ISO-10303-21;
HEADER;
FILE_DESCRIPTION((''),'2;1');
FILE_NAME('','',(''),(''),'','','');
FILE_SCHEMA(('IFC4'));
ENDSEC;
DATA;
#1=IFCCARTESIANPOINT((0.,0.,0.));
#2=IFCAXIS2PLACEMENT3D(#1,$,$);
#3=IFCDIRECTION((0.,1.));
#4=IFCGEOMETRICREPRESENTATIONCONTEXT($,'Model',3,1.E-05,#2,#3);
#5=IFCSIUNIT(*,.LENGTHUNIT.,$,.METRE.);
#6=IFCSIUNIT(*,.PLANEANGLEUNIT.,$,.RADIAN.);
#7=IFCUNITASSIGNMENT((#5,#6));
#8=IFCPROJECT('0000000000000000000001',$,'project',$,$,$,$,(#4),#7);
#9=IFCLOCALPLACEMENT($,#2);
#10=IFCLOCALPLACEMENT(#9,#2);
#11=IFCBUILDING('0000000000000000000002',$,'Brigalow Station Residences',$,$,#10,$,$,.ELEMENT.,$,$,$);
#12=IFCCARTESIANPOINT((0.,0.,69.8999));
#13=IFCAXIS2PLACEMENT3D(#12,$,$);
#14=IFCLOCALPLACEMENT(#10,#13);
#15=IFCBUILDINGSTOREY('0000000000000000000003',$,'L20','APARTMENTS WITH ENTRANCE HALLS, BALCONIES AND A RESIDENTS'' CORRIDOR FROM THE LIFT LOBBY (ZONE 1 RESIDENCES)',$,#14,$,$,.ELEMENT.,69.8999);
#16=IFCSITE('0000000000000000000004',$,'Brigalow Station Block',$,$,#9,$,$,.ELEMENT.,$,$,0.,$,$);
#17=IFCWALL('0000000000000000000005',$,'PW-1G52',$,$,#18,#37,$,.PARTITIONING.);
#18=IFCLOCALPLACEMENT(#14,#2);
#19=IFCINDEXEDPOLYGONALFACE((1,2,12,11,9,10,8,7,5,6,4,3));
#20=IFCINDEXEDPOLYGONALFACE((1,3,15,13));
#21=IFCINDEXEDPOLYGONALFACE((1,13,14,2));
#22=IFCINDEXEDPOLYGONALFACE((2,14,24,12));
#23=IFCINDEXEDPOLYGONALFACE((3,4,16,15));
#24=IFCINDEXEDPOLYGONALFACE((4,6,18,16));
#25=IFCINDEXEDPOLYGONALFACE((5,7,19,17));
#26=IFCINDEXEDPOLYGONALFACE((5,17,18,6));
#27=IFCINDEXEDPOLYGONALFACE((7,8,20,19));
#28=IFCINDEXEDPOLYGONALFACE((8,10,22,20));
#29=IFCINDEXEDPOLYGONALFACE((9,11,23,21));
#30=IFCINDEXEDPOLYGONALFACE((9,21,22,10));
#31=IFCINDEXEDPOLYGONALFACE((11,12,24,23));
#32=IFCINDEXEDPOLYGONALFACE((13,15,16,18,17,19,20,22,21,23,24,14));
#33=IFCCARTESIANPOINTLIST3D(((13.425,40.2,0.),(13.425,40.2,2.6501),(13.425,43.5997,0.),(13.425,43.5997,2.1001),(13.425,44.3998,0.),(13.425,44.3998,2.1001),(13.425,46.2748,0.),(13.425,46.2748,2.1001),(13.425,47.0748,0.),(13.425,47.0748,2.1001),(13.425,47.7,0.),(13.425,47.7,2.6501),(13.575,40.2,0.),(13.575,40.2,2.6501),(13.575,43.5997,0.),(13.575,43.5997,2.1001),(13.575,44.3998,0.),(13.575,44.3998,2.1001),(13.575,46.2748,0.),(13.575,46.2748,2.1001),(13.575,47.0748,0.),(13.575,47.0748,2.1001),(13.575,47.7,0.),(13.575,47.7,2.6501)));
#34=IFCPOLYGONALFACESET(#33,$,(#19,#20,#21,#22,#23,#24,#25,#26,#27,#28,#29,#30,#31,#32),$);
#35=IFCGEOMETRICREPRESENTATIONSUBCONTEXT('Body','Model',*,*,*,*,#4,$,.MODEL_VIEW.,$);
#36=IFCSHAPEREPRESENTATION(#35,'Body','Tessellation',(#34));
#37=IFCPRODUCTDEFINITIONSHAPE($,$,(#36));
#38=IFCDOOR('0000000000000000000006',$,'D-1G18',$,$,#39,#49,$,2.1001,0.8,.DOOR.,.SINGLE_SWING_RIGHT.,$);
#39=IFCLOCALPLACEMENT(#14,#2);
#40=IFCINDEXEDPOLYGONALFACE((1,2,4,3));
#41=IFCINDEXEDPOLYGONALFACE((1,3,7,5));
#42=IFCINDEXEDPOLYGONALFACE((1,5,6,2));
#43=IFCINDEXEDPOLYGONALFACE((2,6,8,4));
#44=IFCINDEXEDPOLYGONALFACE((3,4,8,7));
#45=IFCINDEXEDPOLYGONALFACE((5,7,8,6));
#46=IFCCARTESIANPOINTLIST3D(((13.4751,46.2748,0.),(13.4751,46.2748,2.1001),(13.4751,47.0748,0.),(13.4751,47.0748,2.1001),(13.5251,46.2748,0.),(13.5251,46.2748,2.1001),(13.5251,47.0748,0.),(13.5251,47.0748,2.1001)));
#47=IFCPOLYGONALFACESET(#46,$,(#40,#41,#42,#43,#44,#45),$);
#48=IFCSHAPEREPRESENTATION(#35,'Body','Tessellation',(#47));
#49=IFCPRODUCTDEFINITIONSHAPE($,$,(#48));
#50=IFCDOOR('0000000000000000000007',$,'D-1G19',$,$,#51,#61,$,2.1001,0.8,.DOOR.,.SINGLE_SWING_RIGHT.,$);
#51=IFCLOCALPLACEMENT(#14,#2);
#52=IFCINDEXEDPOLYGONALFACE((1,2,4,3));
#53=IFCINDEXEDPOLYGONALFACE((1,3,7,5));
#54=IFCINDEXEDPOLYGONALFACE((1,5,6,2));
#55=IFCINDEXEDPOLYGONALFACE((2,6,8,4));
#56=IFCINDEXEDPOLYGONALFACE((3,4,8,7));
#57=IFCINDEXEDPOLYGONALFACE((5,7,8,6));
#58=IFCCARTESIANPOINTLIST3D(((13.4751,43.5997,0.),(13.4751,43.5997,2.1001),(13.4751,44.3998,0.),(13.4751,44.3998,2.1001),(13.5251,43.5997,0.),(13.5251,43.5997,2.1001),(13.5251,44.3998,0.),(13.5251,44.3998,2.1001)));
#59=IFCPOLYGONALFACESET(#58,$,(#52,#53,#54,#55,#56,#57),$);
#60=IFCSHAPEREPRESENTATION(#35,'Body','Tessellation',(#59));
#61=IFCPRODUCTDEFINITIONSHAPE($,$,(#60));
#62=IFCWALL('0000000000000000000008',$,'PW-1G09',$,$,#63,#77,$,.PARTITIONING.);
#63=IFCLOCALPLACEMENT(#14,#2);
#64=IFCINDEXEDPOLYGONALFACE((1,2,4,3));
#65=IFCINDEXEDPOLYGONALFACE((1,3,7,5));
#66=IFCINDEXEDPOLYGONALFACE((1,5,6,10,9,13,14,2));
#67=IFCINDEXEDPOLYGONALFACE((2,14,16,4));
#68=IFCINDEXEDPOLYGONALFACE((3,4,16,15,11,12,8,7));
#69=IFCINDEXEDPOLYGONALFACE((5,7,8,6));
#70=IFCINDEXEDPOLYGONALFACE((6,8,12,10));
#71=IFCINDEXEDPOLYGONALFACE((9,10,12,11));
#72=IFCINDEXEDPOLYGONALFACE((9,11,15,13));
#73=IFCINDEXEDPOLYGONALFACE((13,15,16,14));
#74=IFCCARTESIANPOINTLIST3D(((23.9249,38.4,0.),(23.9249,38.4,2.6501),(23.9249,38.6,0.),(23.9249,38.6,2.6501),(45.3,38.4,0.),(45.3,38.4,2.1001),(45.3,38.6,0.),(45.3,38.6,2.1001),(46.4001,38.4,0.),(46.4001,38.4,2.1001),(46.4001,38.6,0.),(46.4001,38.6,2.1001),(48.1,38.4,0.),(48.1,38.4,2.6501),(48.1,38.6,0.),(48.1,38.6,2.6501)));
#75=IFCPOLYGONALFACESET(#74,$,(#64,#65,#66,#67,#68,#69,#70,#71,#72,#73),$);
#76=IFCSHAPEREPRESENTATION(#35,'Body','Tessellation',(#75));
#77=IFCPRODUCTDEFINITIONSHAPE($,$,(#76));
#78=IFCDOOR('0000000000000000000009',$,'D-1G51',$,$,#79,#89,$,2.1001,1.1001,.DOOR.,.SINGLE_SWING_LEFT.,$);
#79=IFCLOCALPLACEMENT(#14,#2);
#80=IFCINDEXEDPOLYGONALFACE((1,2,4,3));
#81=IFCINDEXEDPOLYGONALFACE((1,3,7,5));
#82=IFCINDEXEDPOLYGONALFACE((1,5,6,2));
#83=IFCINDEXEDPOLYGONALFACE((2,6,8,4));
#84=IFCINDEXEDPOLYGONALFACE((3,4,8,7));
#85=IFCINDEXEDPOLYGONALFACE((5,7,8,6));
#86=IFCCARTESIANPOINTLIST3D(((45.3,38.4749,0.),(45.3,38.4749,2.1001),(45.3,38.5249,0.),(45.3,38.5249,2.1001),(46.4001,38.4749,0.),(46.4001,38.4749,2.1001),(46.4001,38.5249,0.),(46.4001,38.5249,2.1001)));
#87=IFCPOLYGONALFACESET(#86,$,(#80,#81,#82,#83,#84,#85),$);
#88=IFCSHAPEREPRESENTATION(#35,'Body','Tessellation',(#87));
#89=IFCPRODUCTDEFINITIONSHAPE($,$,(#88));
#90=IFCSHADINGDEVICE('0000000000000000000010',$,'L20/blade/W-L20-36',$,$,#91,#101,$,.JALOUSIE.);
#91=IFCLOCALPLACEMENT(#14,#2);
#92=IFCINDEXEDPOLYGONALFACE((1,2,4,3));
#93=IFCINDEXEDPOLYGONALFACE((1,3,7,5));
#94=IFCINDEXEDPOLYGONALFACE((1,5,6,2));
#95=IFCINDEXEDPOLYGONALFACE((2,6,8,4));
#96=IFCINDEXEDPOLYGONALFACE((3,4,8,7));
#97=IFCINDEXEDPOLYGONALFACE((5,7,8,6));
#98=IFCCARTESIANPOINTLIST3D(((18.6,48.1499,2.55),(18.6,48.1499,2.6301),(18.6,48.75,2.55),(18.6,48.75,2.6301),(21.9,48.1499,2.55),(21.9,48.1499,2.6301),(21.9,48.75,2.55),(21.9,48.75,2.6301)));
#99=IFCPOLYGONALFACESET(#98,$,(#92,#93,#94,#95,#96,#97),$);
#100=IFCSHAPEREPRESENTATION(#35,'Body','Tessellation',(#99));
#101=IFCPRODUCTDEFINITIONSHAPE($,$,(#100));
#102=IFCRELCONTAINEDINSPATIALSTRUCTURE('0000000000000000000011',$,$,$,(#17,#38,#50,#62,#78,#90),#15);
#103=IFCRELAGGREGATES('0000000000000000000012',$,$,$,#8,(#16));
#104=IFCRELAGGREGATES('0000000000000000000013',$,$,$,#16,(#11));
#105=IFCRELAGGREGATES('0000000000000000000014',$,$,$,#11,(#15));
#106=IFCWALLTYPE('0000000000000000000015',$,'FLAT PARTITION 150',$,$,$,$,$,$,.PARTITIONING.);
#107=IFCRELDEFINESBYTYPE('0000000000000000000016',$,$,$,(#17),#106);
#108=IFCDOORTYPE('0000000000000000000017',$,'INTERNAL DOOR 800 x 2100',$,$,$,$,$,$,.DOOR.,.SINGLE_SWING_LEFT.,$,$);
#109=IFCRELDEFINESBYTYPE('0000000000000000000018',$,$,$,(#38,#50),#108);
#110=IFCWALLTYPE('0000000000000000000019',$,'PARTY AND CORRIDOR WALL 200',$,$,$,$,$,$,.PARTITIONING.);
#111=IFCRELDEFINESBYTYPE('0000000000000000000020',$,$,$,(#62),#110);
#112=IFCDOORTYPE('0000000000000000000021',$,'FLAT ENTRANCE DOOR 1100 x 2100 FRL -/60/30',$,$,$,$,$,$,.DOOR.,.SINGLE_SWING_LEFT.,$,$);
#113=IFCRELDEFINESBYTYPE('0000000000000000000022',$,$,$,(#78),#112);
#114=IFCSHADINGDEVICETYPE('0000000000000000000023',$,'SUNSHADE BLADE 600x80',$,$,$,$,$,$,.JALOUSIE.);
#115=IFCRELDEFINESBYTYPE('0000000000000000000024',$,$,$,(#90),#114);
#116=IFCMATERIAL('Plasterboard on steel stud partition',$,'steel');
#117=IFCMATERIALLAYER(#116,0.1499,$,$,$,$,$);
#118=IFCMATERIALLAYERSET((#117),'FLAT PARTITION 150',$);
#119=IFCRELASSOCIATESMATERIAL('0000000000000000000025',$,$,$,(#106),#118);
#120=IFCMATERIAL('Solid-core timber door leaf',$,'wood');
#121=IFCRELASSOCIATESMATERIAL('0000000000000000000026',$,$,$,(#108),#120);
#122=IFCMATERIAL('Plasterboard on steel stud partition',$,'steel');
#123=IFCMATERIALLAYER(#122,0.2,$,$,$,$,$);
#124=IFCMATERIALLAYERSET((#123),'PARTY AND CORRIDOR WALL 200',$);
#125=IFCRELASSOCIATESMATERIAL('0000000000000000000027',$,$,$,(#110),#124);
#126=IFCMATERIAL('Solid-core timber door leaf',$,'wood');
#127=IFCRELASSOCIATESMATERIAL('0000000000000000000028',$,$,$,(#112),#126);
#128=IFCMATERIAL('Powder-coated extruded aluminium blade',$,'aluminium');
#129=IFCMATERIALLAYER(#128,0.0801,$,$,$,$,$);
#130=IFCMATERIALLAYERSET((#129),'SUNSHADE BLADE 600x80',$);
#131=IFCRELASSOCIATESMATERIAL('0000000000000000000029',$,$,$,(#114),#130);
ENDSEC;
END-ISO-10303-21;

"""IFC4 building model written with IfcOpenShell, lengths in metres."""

from ifc_helpers import new_model, si_unit, direction, frame, frame_2d, origin, origin_2d, place, context, subcontext, project, spatial, rectangle, extrude, material, layer, layer_set, type_object, element, fill, save


model = new_model("IFC4")

# Units and contexts
model_context = context("Model", 3, precision=1e-05, world=origin(), true_north=direction((0.0, 1.0)))
body_context = subcontext(model_context, "Body", "Model", "MODEL_VIEW")
ifc_project = project(units=[si_unit("LENGTHUNIT", "METRE"), si_unit("PLANEANGLEUNIT", "RADIAN")], contexts=[model_context])

# Site, building, storey
site_placement = place(None, origin())
site = spatial("IfcSite", under=ifc_project, at=site_placement, Name="Brigalow Station Block", CompositionType="ELEMENT", RefElevation=0.0)
building_placement = place(site_placement, origin())
building = spatial("IfcBuilding", under=site, at=building_placement, Name="Brigalow Station Residences", CompositionType="ELEMENT")
storey_placement = place(building_placement, frame((0.0, 0.0, 69.8999)))
storey = spatial("IfcBuildingStorey", under=building, at=storey_placement, Name="L20", Description="APARTMENTS WITH ENTRANCE HALLS, BALCONIES AND A RESIDENTS' CORRIDOR FROM THE LIFT LOBBY (ZONE 1 RESIDENCES)", CompositionType="ELEMENT", Elevation=69.8999)

# Shared definitions
ifc_material_1 = material(Name="Plasterboard on steel stud partition", Category="steel")
ifc_layer_1 = layer(ifc_material_1, 0.1499)
ifc_layer_set_1 = layer_set([ifc_layer_1], Name="FLAT PARTITION 150")
wall_type_1 = type_object("IfcWallType", Name="FLAT PARTITION 150", PredefinedType="PARTITIONING", material=ifc_layer_set_1)

# Wall, openings, doors
wall_1_placement = place(storey_placement, frame((13.5, 40.2, 0.0), z_axis=(0.0, 0.0, 1.0), x_axis=(0.0, 1.0, 0.0)))
wall_1 = element("IfcWall", 1, at=wall_1_placement, inside=storey, type_object=wall_type_1, Name="PW-1G52", PredefinedType="PARTITIONING", context=body_context, shape_type="SweptSolid", body=[
    extrude(rectangle(XDim=7.5, YDim=0.1499, at=frame_2d((3.75, 0.0))), origin(), (0.0, 0.0, 1.0), 2.6501),
])
opening_1_placement = place(wall_1_placement, frame((6.075, 0.0, 0.0)))
opening_1 = element("IfcOpeningElement", 2, at=opening_1_placement, cuts=wall_1, PredefinedType="OPENING", context=body_context, shape_type="SweptSolid", body=[
    extrude(rectangle(XDim=0.8, YDim=2.1001, at=frame_2d((0.3999, 1.05))), frame((0.0, 0.085, 0.0), z_axis=(0.0, -1.0, 0.0), x_axis=(1.0, 0.0, 0.0)), (0.0, 0.0, 1.0), 0.1699),
])
opening_2_placement = place(wall_1_placement, frame((3.3999, 0.0, 0.0)))
opening_2 = element("IfcOpeningElement", 3, at=opening_2_placement, cuts=wall_1, PredefinedType="OPENING", context=body_context, shape_type="SweptSolid", body=[
    extrude(rectangle(XDim=0.8, YDim=2.1001, at=frame_2d((0.3999, 1.05))), frame((0.0, 0.085, 0.0), z_axis=(0.0, -1.0, 0.0), x_axis=(1.0, 0.0, 0.0)), (0.0, 0.0, 1.0), 0.1699),
])
ifc_material_2 = material(Name="Solid-core timber door leaf", Category="wood")
door_type_1 = type_object("IfcDoorType", Name="INTERNAL DOOR 800 x 2100", OperationType="SINGLE_SWING_LEFT", PredefinedType="DOOR", material=ifc_material_2)
door_1_placement = place(opening_1_placement, origin())
door_1 = element("IfcDoor", 4, at=door_1_placement, inside=storey, type_object=door_type_1, Name="D-1G18", OperationType="SINGLE_SWING_RIGHT", OverallHeight=2.1001, OverallWidth=0.8, PredefinedType="DOOR", context=body_context, shape_type="SweptSolid", body=[
    extrude(rectangle(XDim=0.8, YDim=2.1001, at=frame_2d((0.3999, 1.05))), frame((0.0, 0.0249, 0.0), z_axis=(0.0, -1.0, 0.0), x_axis=(1.0, 0.0, 0.0)), (0.0, 0.0, 1.0), 0.05),
])
fill(opening_1, door_1)
door_2_placement = place(opening_2_placement, origin())
door_2 = element("IfcDoor", 5, at=door_2_placement, inside=storey, type_object=door_type_1, Name="D-1G19", OperationType="SINGLE_SWING_RIGHT", OverallHeight=2.1001, OverallWidth=0.8, PredefinedType="DOOR", context=body_context, shape_type="SweptSolid", body=[
    extrude(rectangle(XDim=0.8, YDim=2.1001, at=frame_2d((0.3999, 1.05))), frame((0.0, 0.0249, 0.0), z_axis=(0.0, -1.0, 0.0), x_axis=(1.0, 0.0, 0.0)), (0.0, 0.0, 1.0), 0.05),
])
fill(opening_2, door_2)

# Wall, opening, door
ifc_material_3 = material(Name="Plasterboard on steel stud partition", Category="steel")
ifc_layer_2 = layer(ifc_material_3, 0.2)
ifc_layer_set_2 = layer_set([ifc_layer_2], Name="PARTY AND CORRIDOR WALL 200")
wall_type_2 = type_object("IfcWallType", Name="PARTY AND CORRIDOR WALL 200", PredefinedType="PARTITIONING", material=ifc_layer_set_2)
wall_2_placement = place(storey_placement, frame((23.925, 38.5, 0.0), z_axis=(0.0, 0.0, 1.0), x_axis=(1.0, 0.0, 0.0)))
wall_2 = element("IfcWall", 6, at=wall_2_placement, inside=storey, type_object=wall_type_2, Name="PW-1G09", PredefinedType="PARTITIONING", context=body_context, shape_type="SweptSolid", body=[
    extrude(rectangle(XDim=24.175, YDim=0.2, at=frame_2d((12.0874, 0.0))), origin(), (0.0, 0.0, 1.0), 2.6501),
])
opening_3_placement = place(wall_2_placement, frame((21.375, 0.0, 0.0)))
opening_3 = element("IfcOpeningElement", 7, at=opening_3_placement, cuts=wall_2, PredefinedType="OPENING", context=body_context, shape_type="SweptSolid", body=[
    extrude(rectangle(XDim=1.1001, YDim=2.1001, at=frame_2d((0.55, 1.05))), frame((0.0, 0.1099, 0.0), z_axis=(0.0, -1.0, 0.0), x_axis=(1.0, 0.0, 0.0)), (0.0, 0.0, 1.0), 0.22),
])
ifc_material_4 = material(Name="Solid-core timber door leaf", Category="wood")
door_type_2 = type_object("IfcDoorType", Name="FLAT ENTRANCE DOOR 1100 x 2100 FRL -/60/30", OperationType="SINGLE_SWING_LEFT", PredefinedType="DOOR", material=ifc_material_4)
door_3_placement = place(opening_3_placement, origin())
door_3 = element("IfcDoor", 8, at=door_3_placement, inside=storey, type_object=door_type_2, Name="D-1G51", OperationType="SINGLE_SWING_LEFT", OverallHeight=2.1001, OverallWidth=1.1001, PredefinedType="DOOR", context=body_context, shape_type="SweptSolid", body=[
    extrude(rectangle(XDim=1.1001, YDim=2.1001, at=frame_2d((0.55, 1.05))), frame((0.0, 0.0249, 0.0), z_axis=(0.0, -1.0, 0.0), x_axis=(1.0, 0.0, 0.0)), (0.0, 0.0, 1.0), 0.05),
])
fill(opening_3, door_3)

# Shading device
ifc_material_5 = material(Name="Powder-coated extruded aluminium blade", Category="aluminium")
ifc_layer_3 = layer(ifc_material_5, 0.0801)
ifc_layer_set_3 = layer_set([ifc_layer_3], Name="SUNSHADE BLADE 600x80")
shading_device_type = type_object("IfcShadingDeviceType", Name="SUNSHADE BLADE 600x80", PredefinedType="JALOUSIE", material=ifc_layer_set_3)
shading_device_placement = place(storey_placement, frame((20.25, 48.45, 2.55), z_axis=(0.0, 0.0, 1.0), x_axis=(-1.0, 0.0, 0.0)))
element("IfcShadingDevice", 9, at=shading_device_placement, inside=storey, type_object=shading_device_type, Name="L20/blade/W-L20-36", PredefinedType="JALOUSIE", context=body_context, shape_type="SweptSolid", body=[
    extrude(rectangle(XDim=3.3, YDim=0.6001, at=origin_2d()), origin(), (0.0, 0.0, 1.0), 0.0801),
])

save(model, "model.ifc")
